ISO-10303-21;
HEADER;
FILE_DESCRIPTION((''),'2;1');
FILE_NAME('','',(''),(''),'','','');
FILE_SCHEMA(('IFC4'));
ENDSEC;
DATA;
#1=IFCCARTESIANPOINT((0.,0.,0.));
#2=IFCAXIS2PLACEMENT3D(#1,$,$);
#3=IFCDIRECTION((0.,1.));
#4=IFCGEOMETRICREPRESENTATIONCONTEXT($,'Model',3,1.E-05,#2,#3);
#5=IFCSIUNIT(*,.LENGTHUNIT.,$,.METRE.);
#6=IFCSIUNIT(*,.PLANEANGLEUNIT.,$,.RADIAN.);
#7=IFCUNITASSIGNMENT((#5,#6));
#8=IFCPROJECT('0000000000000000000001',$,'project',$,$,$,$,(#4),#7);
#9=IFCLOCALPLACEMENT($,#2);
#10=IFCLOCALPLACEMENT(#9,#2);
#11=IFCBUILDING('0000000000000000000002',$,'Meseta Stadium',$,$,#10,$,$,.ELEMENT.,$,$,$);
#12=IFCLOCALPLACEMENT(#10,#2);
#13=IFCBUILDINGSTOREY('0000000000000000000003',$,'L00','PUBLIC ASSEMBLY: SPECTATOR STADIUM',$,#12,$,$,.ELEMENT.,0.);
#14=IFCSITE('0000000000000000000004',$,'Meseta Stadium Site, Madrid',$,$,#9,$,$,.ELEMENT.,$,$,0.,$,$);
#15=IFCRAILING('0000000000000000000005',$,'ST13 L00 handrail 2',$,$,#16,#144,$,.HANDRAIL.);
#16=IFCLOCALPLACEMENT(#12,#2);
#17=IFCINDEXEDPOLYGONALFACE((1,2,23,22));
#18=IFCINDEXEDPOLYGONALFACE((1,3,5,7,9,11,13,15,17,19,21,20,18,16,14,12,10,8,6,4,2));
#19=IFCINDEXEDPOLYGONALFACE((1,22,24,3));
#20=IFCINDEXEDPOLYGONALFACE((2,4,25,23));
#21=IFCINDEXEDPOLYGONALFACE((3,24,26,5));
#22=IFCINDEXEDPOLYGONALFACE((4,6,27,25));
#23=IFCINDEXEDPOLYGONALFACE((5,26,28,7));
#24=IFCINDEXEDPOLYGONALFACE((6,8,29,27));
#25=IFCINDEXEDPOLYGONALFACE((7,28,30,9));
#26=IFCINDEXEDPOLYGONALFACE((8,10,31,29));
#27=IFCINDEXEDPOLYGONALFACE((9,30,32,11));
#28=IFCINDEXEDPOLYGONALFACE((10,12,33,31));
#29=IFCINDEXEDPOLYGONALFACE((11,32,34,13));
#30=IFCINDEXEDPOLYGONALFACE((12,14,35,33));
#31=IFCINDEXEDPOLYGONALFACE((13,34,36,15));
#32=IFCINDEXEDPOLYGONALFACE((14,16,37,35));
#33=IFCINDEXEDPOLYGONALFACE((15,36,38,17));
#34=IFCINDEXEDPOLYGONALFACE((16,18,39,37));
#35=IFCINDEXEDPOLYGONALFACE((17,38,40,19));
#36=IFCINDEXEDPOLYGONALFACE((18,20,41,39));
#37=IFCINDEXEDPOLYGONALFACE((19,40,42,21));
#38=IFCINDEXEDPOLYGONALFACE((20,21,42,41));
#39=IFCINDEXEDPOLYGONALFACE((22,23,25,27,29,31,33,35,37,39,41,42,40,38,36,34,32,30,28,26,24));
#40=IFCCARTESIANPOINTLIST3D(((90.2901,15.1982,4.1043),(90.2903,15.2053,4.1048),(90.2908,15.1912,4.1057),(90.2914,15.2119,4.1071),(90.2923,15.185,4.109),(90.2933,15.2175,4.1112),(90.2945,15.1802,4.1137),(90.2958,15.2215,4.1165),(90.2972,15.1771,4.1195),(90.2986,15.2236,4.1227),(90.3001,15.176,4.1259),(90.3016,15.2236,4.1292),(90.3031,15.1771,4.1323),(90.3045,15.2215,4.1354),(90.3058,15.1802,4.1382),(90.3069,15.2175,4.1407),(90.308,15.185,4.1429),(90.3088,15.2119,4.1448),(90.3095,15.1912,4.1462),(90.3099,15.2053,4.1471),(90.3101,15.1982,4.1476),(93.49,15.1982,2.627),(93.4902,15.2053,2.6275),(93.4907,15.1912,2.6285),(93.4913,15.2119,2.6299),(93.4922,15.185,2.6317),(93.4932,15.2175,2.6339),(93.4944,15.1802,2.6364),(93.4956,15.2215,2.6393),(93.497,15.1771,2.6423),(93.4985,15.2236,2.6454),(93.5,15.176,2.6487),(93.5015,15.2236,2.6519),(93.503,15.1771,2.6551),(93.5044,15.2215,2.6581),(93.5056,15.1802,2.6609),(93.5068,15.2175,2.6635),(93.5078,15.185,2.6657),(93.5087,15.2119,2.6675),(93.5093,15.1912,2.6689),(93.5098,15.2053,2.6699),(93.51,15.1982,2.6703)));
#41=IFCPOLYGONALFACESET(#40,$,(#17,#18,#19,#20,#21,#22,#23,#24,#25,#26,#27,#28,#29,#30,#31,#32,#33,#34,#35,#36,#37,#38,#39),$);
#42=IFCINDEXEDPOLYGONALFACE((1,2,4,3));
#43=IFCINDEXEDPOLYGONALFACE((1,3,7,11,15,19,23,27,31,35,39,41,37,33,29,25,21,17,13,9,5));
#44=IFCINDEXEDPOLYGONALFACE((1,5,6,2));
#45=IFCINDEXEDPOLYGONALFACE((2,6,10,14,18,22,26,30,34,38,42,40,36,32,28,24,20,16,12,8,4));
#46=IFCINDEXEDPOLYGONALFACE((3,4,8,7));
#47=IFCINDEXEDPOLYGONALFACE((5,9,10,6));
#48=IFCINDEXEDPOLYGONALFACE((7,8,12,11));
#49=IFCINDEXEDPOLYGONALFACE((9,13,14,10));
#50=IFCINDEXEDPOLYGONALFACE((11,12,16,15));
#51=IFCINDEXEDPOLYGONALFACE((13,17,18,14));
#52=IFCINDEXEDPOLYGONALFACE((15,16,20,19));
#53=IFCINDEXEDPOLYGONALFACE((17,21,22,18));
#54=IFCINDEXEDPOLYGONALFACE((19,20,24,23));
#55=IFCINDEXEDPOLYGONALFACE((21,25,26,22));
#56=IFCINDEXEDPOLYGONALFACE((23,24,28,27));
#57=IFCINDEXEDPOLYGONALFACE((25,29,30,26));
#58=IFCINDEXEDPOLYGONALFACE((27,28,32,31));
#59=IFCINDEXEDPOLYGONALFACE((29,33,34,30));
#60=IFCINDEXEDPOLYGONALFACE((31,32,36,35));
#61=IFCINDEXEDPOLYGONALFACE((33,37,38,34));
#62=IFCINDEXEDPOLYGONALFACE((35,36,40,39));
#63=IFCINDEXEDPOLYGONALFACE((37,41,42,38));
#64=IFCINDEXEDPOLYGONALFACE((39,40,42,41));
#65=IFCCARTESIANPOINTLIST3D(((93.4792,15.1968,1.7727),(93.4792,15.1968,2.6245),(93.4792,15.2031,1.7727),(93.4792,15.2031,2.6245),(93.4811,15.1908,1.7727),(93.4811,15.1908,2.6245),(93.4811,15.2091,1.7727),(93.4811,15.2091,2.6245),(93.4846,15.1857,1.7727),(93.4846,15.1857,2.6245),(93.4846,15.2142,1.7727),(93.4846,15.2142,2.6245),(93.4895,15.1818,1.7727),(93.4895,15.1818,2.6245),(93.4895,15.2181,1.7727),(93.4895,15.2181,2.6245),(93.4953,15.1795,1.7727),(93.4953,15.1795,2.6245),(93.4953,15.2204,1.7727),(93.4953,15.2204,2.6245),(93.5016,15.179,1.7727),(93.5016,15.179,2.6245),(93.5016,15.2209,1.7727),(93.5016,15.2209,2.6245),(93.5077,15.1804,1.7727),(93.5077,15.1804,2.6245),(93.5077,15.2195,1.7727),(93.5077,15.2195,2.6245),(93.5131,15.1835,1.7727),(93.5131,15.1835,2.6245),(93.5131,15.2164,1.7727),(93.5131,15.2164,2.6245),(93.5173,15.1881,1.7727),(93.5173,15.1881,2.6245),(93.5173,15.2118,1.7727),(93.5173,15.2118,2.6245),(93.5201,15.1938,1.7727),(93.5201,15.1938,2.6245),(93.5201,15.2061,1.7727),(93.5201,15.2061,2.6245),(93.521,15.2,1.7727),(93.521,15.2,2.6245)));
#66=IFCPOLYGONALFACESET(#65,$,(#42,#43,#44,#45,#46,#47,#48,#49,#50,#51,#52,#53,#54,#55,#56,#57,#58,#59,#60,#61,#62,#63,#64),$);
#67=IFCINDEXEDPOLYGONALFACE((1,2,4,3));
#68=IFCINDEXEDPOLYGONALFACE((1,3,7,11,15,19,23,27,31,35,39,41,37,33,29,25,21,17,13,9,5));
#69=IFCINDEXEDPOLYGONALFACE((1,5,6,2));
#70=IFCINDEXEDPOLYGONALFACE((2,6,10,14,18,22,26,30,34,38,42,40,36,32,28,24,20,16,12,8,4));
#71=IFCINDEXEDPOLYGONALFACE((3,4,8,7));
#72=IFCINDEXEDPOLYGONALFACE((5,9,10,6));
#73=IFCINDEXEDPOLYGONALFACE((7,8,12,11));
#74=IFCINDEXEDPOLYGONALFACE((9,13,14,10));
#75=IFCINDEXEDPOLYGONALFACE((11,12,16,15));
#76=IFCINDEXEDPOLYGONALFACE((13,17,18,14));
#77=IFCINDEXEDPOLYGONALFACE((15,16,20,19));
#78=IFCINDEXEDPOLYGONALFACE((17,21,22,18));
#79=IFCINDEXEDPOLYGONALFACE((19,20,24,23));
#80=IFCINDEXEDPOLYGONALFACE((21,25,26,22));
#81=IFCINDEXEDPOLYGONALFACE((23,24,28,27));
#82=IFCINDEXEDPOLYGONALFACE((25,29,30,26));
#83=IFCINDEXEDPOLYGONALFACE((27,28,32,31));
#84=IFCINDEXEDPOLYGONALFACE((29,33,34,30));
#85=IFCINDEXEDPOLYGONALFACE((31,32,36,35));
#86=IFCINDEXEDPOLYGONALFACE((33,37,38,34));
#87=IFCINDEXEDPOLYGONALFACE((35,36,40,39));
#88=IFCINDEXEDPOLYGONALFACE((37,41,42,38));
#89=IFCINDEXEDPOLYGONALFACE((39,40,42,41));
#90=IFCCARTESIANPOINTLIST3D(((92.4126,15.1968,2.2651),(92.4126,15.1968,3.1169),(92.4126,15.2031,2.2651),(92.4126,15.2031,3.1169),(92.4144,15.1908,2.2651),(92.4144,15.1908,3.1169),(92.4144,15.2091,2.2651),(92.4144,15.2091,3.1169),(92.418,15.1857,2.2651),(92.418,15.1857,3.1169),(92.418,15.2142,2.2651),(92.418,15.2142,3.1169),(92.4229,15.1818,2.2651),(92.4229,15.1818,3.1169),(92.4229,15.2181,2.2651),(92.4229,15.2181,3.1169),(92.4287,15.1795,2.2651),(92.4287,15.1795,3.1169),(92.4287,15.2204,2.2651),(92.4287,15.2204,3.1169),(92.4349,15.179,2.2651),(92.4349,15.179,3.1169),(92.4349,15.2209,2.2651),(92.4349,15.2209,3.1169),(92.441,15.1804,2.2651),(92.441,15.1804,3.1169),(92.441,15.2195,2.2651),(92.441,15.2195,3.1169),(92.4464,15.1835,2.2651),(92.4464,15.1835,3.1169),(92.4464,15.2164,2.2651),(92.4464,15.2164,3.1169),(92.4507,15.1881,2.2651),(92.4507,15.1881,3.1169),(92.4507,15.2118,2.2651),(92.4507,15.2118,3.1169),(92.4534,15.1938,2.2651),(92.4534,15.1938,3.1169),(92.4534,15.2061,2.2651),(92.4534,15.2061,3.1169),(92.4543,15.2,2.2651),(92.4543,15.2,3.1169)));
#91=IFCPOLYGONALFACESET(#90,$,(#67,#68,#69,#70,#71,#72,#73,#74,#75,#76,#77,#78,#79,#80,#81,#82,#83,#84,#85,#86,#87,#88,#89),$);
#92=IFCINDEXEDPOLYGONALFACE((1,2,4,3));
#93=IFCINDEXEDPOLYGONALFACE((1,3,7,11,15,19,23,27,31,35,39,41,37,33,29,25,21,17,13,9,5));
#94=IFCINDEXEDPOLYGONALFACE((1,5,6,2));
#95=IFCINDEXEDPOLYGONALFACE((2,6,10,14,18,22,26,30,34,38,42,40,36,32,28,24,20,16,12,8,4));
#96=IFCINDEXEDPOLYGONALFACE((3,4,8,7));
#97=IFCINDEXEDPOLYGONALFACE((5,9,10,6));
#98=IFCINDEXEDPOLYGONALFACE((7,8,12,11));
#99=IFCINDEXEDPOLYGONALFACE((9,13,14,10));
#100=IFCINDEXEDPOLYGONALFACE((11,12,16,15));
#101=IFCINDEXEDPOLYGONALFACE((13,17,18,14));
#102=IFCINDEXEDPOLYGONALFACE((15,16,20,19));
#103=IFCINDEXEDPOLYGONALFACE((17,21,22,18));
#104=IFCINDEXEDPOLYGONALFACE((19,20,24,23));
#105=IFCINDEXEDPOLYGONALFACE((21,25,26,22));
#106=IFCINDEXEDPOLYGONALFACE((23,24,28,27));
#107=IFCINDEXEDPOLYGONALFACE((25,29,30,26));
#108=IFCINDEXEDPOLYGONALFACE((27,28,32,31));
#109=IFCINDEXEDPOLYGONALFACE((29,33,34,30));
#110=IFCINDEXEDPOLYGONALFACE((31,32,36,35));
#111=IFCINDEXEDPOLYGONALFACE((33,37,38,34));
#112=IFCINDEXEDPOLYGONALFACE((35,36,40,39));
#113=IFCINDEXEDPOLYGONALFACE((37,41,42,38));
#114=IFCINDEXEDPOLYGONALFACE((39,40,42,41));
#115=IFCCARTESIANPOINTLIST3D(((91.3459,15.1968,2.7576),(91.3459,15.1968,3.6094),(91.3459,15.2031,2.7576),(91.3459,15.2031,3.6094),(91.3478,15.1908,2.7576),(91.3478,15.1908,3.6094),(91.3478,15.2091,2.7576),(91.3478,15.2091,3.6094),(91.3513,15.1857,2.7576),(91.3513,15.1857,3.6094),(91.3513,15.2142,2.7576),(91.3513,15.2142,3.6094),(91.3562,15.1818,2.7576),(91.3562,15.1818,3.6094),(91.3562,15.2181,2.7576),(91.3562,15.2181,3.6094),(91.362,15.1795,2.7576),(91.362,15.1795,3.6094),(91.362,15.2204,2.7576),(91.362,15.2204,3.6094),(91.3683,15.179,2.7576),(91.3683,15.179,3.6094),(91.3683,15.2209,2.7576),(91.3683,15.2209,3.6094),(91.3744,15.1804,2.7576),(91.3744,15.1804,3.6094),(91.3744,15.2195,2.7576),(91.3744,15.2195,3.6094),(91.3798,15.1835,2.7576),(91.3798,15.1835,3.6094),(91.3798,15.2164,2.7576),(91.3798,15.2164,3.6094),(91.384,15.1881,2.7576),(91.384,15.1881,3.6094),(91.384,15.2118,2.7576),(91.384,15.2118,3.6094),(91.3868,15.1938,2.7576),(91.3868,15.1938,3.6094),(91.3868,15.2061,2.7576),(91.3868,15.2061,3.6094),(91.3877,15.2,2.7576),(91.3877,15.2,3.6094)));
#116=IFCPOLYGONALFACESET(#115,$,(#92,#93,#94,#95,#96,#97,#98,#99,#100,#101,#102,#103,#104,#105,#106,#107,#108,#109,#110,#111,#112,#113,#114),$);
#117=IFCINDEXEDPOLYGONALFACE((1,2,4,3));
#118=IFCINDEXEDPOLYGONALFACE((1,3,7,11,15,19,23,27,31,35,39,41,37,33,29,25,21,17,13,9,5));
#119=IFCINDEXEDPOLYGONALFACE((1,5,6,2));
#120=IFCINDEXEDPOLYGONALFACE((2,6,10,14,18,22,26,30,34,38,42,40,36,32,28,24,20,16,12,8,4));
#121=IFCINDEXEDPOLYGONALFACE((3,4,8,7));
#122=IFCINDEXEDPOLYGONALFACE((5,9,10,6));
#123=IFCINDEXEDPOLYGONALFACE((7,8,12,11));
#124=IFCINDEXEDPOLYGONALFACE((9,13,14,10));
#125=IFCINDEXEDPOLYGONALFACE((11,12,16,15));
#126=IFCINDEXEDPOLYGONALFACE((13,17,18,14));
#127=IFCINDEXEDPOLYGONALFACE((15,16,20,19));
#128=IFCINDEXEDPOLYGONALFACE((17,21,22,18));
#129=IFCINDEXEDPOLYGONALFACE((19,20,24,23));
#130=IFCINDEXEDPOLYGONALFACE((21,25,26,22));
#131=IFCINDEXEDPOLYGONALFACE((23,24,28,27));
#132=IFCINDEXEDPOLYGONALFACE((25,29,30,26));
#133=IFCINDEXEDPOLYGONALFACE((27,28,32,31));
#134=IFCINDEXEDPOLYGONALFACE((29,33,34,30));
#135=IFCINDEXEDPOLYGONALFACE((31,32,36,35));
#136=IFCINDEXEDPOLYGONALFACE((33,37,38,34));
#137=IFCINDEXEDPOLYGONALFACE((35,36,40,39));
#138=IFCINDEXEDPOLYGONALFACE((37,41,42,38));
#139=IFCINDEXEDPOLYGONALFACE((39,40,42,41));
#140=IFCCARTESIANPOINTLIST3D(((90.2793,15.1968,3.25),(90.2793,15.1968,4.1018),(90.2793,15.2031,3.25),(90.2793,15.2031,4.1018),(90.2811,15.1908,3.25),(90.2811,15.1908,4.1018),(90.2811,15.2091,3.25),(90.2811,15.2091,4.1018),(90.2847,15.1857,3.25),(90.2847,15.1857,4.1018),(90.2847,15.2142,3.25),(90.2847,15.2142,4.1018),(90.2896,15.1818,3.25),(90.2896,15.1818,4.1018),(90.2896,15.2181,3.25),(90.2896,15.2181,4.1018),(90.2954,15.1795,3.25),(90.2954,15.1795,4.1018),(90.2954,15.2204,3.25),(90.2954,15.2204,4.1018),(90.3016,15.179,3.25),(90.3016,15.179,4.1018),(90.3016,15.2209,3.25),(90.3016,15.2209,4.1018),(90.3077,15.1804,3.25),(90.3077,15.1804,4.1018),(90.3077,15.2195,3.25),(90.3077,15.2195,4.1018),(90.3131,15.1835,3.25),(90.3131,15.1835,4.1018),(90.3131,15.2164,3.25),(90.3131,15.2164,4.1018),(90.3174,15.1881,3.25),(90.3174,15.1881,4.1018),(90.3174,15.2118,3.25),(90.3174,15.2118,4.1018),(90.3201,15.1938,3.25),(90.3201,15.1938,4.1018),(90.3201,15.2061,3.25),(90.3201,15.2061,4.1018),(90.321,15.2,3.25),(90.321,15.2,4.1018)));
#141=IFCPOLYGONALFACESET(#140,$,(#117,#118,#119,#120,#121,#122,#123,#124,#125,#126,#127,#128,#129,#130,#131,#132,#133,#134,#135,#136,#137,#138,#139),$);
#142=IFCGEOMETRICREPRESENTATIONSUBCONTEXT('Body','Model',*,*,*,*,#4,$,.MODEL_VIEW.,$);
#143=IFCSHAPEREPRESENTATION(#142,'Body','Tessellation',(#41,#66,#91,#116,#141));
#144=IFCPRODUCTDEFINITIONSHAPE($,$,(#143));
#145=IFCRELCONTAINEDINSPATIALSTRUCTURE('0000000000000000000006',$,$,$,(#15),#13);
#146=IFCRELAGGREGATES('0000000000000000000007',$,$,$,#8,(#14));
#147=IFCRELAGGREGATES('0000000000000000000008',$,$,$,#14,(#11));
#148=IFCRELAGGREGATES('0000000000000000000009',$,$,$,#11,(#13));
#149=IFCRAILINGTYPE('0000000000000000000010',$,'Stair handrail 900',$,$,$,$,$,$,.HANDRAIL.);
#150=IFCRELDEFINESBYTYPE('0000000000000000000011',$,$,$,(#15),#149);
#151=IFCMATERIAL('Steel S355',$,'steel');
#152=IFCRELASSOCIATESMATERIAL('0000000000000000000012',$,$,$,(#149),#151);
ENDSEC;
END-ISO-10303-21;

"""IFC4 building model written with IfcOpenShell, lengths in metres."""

from ifc_helpers import new_model, si_unit, direction, frame, origin, origin_2d, place, context, subcontext, project, spatial, circle, extrude, material, type_object, element, save


model = new_model("IFC4")

# Units and contexts
model_context = context("Model", 3, precision=1e-05, world=origin(), true_north=direction((0.0, 1.0)))
body_context = subcontext(model_context, "Body", "Model", "MODEL_VIEW")
ifc_project = project(units=[si_unit("LENGTHUNIT", "METRE"), si_unit("PLANEANGLEUNIT", "RADIAN")], contexts=[model_context])

# Site, building, storey
site_placement = place(None, origin())
site = spatial("IfcSite", under=ifc_project, at=site_placement, Name="Meseta Stadium Site, Madrid", CompositionType="ELEMENT", RefElevation=0.0)
building_placement = place(site_placement, origin())
building = spatial("IfcBuilding", under=site, at=building_placement, Name="Meseta Stadium", CompositionType="ELEMENT")
storey_placement = place(building_placement, origin())
storey = spatial("IfcBuildingStorey", under=building, at=storey_placement, Name="L00", Description="PUBLIC ASSEMBLY: SPECTATOR STADIUM", CompositionType="ELEMENT", Elevation=0.0)

# Railing
ifc_material_1 = material(Name="Steel S355", Category="steel")
railing_type_1 = type_object("IfcRailingType", Name="Stair handrail 900", PredefinedType="HANDRAIL", material=ifc_material_1)
for number, where, name in (
    (1, (93.5, 15.2, 1.7727), "ST13 L00 handrail 2"),
):
    element("IfcRailing", number, at=place(storey_placement, frame(where)), inside=storey, type_object=railing_type_1, Name=name, PredefinedType="HANDRAIL", context=body_context, shape_type="SweptSolid", body=[
        extrude(circle(Radius=0.0239, at=origin_2d()), frame((0.0, 0.0, 0.876), z_axis=(-0.907917, 0.0, 0.41915), x_axis=(0.0, -1.0, 0.0)), (0.0, 0.0, 1.0), 3.5244),
        extrude(circle(Radius=0.021, at=origin_2d()), origin(), (0.0, 0.0, 1.0), 0.8518),
        extrude(circle(Radius=0.021, at=origin_2d()), frame((-1.0667, 0.0, 0.4924)), (0.0, 0.0, 1.0), 0.8518),
        extrude(circle(Radius=0.021, at=origin_2d()), frame((-2.1333, 0.0, 0.9849)), (0.0, 0.0, 1.0), 0.8518),
        extrude(circle(Radius=0.021, at=origin_2d()), frame((-3.2, 0.0, 1.4773)), (0.0, 0.0, 1.0), 0.8518),
    ])

save(model, "model.ifc")
